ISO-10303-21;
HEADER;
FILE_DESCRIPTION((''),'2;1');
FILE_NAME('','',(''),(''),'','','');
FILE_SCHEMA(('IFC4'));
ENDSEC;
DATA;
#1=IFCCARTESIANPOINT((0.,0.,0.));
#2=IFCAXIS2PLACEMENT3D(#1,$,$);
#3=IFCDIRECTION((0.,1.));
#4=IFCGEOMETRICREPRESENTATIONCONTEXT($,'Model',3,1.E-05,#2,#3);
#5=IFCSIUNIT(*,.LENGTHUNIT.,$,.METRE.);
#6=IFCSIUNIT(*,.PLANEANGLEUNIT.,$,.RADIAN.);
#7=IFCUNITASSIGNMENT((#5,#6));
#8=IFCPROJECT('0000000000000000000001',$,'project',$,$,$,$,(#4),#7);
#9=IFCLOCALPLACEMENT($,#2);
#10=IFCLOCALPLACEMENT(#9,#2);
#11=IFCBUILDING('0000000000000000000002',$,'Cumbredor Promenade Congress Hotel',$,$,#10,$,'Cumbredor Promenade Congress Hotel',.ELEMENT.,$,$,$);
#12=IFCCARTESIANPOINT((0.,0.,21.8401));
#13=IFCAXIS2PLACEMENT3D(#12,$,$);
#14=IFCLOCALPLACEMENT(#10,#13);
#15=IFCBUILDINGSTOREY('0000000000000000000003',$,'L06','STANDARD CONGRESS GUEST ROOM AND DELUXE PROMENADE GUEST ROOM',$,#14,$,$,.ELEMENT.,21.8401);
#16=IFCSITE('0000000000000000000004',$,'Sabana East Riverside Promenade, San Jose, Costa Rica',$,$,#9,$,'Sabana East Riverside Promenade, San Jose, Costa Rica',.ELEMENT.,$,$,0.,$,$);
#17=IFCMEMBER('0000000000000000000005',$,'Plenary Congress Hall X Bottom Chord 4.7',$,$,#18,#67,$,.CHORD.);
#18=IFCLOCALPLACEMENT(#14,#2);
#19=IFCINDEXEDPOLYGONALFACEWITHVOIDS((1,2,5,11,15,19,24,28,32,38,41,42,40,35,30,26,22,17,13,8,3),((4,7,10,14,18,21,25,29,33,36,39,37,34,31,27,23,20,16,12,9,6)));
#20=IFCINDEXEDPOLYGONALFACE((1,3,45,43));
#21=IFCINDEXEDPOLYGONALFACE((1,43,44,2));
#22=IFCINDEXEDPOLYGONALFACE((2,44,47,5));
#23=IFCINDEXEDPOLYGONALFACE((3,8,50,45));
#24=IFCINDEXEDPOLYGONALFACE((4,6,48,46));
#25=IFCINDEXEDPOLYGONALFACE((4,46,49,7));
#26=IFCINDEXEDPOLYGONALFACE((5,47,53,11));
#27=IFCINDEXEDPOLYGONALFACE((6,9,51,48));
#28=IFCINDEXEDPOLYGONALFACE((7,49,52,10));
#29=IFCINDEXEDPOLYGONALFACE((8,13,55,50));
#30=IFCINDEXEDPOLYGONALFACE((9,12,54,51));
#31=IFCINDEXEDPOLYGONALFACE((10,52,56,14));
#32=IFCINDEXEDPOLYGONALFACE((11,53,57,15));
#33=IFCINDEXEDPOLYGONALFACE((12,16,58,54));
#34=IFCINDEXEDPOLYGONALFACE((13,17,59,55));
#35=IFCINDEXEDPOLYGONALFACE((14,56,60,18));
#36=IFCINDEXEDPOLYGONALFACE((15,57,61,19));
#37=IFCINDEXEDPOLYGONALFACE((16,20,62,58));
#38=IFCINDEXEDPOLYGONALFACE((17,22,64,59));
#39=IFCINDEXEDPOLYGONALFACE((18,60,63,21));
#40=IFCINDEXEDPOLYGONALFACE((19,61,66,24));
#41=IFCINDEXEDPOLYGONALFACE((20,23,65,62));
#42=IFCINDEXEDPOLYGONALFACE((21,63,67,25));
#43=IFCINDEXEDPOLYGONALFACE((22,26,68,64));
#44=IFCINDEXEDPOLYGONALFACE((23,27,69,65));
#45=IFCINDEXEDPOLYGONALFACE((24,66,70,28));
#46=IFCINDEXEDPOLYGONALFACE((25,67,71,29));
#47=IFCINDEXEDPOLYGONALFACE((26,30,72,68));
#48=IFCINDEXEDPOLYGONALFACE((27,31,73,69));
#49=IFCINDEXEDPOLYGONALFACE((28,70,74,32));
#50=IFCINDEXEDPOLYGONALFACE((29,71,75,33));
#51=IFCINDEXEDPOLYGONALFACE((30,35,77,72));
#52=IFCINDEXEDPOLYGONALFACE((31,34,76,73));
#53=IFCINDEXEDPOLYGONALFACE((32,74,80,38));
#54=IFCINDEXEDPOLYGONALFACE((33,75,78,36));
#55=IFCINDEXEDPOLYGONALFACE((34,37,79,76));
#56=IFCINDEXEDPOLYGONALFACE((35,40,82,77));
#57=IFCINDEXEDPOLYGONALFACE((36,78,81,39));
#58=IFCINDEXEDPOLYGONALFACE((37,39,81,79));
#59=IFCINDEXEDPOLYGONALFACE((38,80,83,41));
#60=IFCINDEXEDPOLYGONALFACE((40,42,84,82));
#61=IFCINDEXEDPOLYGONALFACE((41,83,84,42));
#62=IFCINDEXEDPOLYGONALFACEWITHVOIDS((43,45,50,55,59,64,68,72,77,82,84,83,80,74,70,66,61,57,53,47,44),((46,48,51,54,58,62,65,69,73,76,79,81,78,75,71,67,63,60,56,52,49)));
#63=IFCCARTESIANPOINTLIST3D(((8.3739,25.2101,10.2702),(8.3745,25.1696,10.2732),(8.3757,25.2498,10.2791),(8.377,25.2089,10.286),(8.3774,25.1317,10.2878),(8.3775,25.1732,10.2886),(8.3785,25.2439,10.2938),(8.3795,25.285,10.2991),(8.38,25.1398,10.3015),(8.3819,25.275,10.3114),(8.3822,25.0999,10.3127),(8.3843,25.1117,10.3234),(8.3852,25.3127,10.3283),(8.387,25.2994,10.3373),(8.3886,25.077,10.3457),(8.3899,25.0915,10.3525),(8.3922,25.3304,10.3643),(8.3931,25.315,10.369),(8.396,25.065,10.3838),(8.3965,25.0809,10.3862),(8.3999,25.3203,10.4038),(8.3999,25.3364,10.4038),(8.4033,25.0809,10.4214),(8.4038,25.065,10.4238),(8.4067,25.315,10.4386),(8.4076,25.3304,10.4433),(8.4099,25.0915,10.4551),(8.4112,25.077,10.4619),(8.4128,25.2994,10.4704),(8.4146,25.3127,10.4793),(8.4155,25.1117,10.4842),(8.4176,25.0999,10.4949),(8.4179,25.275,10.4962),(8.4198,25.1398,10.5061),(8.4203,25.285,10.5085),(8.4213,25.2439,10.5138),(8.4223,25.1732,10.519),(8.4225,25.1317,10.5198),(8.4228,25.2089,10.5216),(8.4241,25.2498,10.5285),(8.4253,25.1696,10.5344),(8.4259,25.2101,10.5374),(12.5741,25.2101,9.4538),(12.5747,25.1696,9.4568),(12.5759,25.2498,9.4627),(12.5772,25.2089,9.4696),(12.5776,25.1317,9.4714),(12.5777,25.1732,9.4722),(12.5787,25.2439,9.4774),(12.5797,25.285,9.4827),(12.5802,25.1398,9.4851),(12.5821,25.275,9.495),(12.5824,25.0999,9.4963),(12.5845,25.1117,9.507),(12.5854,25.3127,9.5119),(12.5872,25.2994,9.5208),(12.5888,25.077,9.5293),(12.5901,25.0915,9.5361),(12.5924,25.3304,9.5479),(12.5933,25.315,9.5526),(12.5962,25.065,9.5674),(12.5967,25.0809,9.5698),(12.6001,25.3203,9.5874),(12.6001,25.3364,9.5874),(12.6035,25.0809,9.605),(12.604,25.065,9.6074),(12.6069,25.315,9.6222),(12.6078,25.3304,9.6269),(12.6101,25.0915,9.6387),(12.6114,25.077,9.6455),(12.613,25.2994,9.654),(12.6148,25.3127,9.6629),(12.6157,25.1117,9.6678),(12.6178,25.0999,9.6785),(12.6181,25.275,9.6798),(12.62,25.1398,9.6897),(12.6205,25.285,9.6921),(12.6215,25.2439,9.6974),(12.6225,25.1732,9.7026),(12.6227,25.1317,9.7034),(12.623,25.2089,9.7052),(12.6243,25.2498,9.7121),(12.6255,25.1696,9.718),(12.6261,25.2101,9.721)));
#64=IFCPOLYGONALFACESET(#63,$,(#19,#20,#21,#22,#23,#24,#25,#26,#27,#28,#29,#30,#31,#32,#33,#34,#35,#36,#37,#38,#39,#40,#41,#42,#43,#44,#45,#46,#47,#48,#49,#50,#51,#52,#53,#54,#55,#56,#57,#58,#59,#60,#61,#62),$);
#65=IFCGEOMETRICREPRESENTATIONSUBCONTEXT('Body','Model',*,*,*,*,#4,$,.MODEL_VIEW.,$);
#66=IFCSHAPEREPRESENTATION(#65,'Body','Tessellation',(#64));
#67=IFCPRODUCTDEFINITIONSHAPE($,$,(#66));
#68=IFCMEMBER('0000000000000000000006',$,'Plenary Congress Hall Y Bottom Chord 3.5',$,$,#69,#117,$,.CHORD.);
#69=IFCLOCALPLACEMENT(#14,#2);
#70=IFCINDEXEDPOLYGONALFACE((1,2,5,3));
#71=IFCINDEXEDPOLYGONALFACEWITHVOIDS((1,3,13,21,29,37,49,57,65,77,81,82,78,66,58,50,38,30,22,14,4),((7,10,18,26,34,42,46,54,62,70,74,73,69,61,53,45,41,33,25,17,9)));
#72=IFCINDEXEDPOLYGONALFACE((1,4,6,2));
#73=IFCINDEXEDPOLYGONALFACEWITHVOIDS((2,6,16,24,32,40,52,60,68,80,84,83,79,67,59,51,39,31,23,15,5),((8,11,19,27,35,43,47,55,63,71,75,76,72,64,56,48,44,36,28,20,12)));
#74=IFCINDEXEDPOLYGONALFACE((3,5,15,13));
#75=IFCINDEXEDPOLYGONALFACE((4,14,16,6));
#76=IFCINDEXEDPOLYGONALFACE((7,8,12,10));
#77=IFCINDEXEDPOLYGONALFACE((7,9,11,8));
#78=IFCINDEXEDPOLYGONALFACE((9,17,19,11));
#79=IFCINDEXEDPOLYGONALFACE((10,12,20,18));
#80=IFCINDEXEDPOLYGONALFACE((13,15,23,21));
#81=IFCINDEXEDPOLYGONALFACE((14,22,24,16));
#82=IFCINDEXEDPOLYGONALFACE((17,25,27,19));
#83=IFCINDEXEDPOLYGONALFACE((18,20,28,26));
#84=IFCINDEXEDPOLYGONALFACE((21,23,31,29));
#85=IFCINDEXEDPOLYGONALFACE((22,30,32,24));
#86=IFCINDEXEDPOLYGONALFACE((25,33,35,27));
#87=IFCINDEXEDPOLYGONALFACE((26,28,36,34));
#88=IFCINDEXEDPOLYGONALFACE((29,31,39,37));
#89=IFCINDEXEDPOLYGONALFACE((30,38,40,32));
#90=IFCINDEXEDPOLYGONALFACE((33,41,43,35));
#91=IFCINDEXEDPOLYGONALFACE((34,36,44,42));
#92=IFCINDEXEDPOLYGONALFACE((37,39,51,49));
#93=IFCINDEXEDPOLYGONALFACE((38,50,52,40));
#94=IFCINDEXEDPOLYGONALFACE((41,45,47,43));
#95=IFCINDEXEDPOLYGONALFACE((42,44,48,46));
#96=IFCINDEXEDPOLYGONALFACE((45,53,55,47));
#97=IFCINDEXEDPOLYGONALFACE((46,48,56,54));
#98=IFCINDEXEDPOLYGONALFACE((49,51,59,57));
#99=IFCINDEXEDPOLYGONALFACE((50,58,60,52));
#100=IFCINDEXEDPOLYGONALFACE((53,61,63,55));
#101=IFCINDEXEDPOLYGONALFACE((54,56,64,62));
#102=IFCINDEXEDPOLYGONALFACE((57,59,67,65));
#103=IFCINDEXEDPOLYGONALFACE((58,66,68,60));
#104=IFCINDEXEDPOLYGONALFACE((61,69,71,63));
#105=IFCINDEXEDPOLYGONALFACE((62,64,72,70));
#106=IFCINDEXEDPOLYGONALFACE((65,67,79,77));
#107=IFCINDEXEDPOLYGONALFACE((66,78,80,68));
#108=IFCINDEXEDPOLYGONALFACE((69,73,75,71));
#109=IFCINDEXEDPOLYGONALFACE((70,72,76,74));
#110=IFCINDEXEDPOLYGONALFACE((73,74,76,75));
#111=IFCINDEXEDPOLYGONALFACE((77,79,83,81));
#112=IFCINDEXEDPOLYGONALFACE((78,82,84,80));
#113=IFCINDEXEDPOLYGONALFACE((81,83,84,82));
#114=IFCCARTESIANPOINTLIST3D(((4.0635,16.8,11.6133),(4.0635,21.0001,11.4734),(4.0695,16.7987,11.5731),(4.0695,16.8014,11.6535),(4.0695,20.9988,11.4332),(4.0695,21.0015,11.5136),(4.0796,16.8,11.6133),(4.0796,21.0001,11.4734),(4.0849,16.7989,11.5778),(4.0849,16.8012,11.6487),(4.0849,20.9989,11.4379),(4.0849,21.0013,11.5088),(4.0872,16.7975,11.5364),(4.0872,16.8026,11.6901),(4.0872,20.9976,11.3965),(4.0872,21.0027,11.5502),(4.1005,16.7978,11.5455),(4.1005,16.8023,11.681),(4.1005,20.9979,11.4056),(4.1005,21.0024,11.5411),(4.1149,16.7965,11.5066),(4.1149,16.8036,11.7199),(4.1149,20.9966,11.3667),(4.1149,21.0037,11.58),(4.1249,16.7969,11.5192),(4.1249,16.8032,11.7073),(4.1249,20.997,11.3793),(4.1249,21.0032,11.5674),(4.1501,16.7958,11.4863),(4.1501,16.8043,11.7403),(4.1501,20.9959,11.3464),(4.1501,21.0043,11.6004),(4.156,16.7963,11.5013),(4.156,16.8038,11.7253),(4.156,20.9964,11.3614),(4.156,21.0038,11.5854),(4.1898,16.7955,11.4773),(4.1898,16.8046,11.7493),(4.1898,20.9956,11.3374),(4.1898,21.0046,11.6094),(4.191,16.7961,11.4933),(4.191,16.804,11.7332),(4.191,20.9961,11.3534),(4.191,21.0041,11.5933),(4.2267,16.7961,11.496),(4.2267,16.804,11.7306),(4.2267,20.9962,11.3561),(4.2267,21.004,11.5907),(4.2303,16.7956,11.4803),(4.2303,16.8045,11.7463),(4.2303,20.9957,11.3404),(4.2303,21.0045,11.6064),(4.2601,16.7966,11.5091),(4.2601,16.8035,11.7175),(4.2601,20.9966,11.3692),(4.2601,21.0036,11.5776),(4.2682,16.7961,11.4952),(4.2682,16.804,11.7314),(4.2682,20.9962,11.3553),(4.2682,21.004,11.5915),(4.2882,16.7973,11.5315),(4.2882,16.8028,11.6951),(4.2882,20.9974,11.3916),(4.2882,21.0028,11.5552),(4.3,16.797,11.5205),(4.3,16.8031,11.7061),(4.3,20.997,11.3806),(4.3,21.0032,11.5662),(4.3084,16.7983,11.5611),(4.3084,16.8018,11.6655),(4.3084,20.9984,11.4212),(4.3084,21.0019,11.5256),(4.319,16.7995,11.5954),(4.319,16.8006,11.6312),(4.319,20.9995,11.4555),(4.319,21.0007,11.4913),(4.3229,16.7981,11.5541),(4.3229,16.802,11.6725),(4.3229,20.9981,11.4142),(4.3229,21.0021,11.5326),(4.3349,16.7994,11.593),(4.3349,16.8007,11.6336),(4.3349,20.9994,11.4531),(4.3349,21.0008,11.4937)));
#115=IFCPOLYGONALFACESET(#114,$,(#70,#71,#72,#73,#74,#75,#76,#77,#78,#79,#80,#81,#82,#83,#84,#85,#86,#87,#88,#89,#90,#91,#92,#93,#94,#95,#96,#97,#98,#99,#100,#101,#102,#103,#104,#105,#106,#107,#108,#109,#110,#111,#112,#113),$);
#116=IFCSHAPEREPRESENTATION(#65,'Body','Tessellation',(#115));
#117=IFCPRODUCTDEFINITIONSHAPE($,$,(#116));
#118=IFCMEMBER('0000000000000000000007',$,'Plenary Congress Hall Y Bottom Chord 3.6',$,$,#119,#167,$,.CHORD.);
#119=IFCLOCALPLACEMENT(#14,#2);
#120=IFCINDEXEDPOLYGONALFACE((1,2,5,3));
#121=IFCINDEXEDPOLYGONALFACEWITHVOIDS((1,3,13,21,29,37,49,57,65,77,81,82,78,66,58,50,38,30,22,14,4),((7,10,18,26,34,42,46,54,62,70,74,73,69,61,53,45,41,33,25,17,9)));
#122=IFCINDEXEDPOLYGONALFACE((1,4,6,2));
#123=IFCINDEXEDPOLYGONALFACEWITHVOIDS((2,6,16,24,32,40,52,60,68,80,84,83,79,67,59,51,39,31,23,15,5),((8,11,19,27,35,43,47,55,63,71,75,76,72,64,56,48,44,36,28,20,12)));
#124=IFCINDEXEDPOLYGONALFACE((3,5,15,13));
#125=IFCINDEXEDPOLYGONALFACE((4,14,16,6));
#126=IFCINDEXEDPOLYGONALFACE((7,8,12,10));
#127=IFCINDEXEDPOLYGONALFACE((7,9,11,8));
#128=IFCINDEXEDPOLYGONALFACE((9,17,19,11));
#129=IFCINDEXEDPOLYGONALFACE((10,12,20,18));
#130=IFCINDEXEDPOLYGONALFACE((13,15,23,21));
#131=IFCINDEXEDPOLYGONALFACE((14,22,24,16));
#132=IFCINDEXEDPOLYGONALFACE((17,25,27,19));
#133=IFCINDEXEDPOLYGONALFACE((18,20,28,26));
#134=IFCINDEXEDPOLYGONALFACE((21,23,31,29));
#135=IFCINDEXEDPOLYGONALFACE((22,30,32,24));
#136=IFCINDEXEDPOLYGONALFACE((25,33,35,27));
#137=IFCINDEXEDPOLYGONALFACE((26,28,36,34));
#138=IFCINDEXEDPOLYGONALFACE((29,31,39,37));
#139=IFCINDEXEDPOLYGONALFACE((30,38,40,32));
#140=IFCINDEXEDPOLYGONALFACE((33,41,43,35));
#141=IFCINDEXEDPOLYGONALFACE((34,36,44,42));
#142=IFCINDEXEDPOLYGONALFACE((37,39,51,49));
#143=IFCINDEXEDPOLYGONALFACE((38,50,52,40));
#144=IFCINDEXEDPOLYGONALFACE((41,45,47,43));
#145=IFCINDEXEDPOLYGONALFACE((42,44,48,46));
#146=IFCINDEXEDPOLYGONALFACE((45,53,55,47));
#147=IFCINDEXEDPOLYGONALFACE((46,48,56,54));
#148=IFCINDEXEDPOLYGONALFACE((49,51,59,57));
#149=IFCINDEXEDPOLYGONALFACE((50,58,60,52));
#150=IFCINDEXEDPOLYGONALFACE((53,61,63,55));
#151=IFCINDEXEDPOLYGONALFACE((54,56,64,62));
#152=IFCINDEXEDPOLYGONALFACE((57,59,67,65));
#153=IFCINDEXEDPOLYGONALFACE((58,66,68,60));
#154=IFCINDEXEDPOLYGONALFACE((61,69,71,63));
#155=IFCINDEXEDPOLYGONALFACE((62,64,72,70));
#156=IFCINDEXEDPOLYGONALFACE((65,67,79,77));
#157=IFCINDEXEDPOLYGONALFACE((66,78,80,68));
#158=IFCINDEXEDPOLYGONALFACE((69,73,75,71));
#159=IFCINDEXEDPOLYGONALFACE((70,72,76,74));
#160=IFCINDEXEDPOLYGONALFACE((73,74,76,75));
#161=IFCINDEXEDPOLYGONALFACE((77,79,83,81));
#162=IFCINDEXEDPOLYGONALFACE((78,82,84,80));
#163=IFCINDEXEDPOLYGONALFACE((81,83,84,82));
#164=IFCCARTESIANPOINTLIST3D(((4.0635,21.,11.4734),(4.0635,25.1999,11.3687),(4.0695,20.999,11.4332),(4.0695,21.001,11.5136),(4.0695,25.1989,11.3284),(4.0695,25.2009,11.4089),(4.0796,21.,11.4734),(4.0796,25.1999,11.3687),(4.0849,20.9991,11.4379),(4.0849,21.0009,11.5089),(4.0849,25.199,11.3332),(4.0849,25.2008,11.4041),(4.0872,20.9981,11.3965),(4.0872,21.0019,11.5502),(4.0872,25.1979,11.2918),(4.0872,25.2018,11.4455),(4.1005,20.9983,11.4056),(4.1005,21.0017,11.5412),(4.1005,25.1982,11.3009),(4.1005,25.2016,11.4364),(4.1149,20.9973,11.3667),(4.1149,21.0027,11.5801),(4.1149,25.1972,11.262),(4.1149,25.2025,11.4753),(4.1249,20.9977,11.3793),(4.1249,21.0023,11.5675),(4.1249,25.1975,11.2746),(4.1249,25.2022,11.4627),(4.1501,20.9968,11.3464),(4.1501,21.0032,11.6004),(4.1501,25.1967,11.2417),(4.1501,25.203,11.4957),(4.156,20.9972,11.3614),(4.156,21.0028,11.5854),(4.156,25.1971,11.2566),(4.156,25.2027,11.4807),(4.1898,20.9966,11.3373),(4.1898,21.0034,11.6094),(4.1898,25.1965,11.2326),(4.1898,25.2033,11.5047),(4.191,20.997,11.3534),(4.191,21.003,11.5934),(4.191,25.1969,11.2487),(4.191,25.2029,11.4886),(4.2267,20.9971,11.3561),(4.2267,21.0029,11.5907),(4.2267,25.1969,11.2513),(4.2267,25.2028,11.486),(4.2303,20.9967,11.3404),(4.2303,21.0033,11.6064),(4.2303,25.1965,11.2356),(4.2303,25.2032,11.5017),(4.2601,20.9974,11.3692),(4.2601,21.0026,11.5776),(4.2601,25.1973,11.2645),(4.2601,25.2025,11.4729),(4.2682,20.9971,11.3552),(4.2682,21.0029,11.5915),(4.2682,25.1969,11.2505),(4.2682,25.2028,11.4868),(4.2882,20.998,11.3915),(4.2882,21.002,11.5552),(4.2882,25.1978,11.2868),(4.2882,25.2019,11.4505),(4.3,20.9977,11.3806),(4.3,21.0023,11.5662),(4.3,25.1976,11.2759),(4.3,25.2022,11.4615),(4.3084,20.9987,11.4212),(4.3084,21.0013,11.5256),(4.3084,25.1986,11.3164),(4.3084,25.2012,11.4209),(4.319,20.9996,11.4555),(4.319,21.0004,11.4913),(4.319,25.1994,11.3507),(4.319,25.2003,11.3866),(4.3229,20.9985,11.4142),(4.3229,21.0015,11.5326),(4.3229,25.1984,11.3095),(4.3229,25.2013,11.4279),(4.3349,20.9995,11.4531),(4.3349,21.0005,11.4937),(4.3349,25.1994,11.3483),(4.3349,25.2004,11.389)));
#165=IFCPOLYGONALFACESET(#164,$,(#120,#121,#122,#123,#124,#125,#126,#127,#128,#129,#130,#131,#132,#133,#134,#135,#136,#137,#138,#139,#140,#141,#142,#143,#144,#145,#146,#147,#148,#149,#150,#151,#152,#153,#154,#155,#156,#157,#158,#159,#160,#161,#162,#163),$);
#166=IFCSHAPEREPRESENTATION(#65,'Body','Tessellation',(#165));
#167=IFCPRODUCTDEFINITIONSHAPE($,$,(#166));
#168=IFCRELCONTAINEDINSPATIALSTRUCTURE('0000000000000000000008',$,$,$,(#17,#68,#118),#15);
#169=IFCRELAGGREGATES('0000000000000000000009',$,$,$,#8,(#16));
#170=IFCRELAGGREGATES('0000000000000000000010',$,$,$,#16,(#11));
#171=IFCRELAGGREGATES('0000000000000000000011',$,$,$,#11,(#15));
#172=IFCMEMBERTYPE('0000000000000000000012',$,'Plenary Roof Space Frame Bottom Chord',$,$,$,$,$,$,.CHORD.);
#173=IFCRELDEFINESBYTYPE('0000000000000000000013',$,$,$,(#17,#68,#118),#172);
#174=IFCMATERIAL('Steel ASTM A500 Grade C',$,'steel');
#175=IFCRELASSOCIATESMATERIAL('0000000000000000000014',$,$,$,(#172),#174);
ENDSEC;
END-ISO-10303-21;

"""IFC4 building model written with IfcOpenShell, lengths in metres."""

from ifc_helpers import new_model, si_unit, direction, frame, origin, origin_2d, place, context, subcontext, project, spatial, hollow_circle, extrude, material, material_profile, profile_set, type_object, element, save


model = new_model("IFC4")

# Units and contexts
model_context = context("Model", 3, precision=1e-05, world=origin(), true_north=direction((0.0, 1.0)))
body_context = subcontext(model_context, "Body", "Model", "MODEL_VIEW")
ifc_project = project(units=[si_unit("LENGTHUNIT", "METRE"), si_unit("PLANEANGLEUNIT", "RADIAN")], contexts=[model_context])

# Site, building, storey
site_placement = place(None, origin())
site = spatial("IfcSite", under=ifc_project, at=site_placement, Name="Sabana East Riverside Promenade, San Jose, Costa Rica", LongName="Sabana East Riverside Promenade, San Jose, Costa Rica", CompositionType="ELEMENT", RefElevation=0.0)
building_placement = place(site_placement, origin())
building = spatial("IfcBuilding", under=site, at=building_placement, Name="Cumbredor Promenade Congress Hotel", LongName="Cumbredor Promenade Congress Hotel", CompositionType="ELEMENT")
storey_placement = place(building_placement, frame((0.0, 0.0, 21.8401)))
storey = spatial("IfcBuildingStorey", under=building, at=storey_placement, Name="L06", Description="STANDARD CONGRESS GUEST ROOM AND DELUXE PROMENADE GUEST ROOM", CompositionType="ELEMENT", Elevation=21.8401)

# Members
ifc_material_1 = material(Name="Steel ASTM A500 Grade C", Category="steel")
ifc_material_profile_1 = material_profile(ifc_material_1, hollow_circle(Radius=0.1365, WallThickness=0.0161, at=origin_2d()), Name="CHS 273.0x16")
ifc_profile_set_1 = profile_set([ifc_material_profile_1], Name="Steel ASTM A500 Grade C")
member_type_1 = type_object("IfcMemberType", Name="Plenary Roof Space Frame Bottom Chord", PredefinedType="CHORD", material=ifc_profile_set_1)
member_1_placement = place(storey_placement, frame((8.3999, 25.2, 10.4038), z_axis=(0.981628, 0.0, -0.190802), x_axis=(0.0, 1.0, 0.0)))
element("IfcMember", 1, at=member_1_placement, inside=storey, type_object=member_type_1, Name="Plenary Congress Hall X Bottom Chord 4.7", PredefinedType="CHORD", context=body_context, shape_type="SweptSolid", body=[
    extrude(hollow_circle(Radius=0.1365, WallThickness=0.0161, at=origin_2d()), origin(), (0.0, 0.0, 1.0), 4.2788),
])
member_2_placement = place(storey_placement, frame((4.2, 16.8, 11.6133), z_axis=(0.0, 0.999446, -0.03329), x_axis=(-1.0, 0.0, 0.0)))
element("IfcMember", 2, at=member_2_placement, inside=storey, type_object=member_type_1, Name="Plenary Congress Hall Y Bottom Chord 3.5", PredefinedType="CHORD", context=body_context, shape_type="SweptSolid", body=[
    extrude(hollow_circle(Radius=0.1365, WallThickness=0.0161, at=origin_2d()), origin(), (0.0, 0.0, 1.0), 4.2024),
])
member_3_placement = place(storey_placement, frame((4.2, 21.0, 11.4734), z_axis=(0.0, 0.999689, -0.02493), x_axis=(-1.0, 0.0, 0.0)))
element("IfcMember", 3, at=member_3_placement, inside=storey, type_object=member_type_1, Name="Plenary Congress Hall Y Bottom Chord 3.6", PredefinedType="CHORD", context=body_context, shape_type="SweptSolid", body=[
    extrude(hollow_circle(Radius=0.1365, WallThickness=0.0161, at=origin_2d()), origin(), (0.0, 0.0, 1.0), 4.2012),
])

save(model, "model.ifc")
